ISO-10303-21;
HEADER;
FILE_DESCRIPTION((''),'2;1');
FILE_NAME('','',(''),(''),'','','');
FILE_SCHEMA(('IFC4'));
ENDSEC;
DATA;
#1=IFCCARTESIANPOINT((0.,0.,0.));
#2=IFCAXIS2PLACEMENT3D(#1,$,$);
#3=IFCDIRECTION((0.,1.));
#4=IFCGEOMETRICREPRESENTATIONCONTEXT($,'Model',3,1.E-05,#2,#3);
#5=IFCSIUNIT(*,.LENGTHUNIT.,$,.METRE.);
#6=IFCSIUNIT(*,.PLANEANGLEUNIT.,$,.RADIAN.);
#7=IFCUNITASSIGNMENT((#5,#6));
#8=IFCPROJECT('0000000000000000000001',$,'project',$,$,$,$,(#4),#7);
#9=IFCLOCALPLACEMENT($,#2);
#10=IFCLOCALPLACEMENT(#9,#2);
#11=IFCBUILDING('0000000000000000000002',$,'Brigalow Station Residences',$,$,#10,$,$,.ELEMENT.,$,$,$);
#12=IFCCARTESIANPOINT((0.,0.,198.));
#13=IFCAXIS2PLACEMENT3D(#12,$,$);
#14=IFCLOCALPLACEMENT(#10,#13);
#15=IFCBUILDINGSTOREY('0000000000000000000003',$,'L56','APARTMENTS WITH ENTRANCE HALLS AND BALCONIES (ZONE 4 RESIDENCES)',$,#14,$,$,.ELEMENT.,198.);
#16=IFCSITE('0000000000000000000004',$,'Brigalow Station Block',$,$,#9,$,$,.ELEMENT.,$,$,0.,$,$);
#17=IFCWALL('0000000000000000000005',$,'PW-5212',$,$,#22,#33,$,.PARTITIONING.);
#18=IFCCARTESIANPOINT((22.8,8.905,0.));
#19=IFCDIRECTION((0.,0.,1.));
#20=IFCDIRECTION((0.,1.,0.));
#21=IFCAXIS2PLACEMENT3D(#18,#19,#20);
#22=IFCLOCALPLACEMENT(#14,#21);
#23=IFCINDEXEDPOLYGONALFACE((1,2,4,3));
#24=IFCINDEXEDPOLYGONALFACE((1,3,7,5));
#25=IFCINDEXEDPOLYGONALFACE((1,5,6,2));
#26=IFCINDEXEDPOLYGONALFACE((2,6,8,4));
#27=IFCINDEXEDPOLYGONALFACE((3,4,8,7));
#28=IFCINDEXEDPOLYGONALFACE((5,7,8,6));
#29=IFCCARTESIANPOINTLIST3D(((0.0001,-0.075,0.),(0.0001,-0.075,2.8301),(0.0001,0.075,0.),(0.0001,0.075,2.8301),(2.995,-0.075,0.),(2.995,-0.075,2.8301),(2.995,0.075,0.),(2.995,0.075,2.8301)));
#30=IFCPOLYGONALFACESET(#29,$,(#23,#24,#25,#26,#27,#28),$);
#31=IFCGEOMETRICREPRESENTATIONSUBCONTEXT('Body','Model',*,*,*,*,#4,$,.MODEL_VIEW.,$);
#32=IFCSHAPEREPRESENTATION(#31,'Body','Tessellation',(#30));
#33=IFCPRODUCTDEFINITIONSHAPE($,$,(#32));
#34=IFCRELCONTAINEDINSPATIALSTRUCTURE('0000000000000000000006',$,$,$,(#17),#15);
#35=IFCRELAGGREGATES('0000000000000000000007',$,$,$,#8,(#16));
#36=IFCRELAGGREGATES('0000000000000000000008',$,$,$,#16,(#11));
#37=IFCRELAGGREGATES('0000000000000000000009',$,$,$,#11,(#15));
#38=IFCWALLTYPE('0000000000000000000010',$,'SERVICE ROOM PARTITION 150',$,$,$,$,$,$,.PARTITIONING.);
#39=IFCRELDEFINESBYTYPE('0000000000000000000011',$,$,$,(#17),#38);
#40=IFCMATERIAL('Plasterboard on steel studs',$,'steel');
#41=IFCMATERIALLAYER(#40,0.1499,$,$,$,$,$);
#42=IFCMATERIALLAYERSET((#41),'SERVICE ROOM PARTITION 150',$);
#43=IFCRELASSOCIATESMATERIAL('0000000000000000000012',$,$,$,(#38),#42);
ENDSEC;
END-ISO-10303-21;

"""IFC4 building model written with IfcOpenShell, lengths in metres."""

from ifc_helpers import new_model, si_unit, direction, frame, frame_2d, origin, place, context, subcontext, project, spatial, rectangle, extrude, material, layer, layer_set, type_object, element, save


model = new_model("IFC4")

# Units and contexts
model_context = context("Model", 3, precision=1e-05, world=origin(), true_north=direction((0.0, 1.0)))
body_context = subcontext(model_context, "Body", "Model", "MODEL_VIEW")
ifc_project = project(units=[si_unit("LENGTHUNIT", "METRE"), si_unit("PLANEANGLEUNIT", "RADIAN")], contexts=[model_context])

# Site, building, storey
site_placement = place(None, origin())
site = spatial("IfcSite", under=ifc_project, at=site_placement, Name="Brigalow Station Block", CompositionType="ELEMENT", RefElevation=0.0)
building_placement = place(site_placement, origin())
building = spatial("IfcBuilding", under=site, at=building_placement, Name="Brigalow Station Residences", CompositionType="ELEMENT")
storey_placement = place(building_placement, frame((0.0, 0.0, 198.0)))
storey = spatial("IfcBuildingStorey", under=building, at=storey_placement, Name="L56", Description="APARTMENTS WITH ENTRANCE HALLS AND BALCONIES (ZONE 4 RESIDENCES)", CompositionType="ELEMENT", Elevation=198.0)

# Wall
ifc_material_1 = material(Name="Plasterboard on steel studs", Category="steel")
ifc_layer_1 = layer(ifc_material_1, 0.1499)
ifc_layer_set_1 = layer_set([ifc_layer_1], Name="SERVICE ROOM PARTITION 150")
wall_type_1 = type_object("IfcWallType", Name="SERVICE ROOM PARTITION 150", PredefinedType="PARTITIONING", material=ifc_layer_set_1)
wall_1_placement = place(storey_placement, frame((22.8, 8.905, 0.0), z_axis=(0.0, 0.0, 1.0), x_axis=(0.0, 1.0, 0.0)))
element("IfcWall", 1, at=wall_1_placement, inside=storey, type_object=wall_type_1, Name="PW-5212", PredefinedType="PARTITIONING", context=body_context, shape_type="SweptSolid", body=[
    extrude(rectangle(XDim=2.9949, YDim=0.1499, at=frame_2d((1.4976, 0.0))), origin(), (0.0, 0.0, 1.0), 2.8301),
])

save(model, "model.ifc")
